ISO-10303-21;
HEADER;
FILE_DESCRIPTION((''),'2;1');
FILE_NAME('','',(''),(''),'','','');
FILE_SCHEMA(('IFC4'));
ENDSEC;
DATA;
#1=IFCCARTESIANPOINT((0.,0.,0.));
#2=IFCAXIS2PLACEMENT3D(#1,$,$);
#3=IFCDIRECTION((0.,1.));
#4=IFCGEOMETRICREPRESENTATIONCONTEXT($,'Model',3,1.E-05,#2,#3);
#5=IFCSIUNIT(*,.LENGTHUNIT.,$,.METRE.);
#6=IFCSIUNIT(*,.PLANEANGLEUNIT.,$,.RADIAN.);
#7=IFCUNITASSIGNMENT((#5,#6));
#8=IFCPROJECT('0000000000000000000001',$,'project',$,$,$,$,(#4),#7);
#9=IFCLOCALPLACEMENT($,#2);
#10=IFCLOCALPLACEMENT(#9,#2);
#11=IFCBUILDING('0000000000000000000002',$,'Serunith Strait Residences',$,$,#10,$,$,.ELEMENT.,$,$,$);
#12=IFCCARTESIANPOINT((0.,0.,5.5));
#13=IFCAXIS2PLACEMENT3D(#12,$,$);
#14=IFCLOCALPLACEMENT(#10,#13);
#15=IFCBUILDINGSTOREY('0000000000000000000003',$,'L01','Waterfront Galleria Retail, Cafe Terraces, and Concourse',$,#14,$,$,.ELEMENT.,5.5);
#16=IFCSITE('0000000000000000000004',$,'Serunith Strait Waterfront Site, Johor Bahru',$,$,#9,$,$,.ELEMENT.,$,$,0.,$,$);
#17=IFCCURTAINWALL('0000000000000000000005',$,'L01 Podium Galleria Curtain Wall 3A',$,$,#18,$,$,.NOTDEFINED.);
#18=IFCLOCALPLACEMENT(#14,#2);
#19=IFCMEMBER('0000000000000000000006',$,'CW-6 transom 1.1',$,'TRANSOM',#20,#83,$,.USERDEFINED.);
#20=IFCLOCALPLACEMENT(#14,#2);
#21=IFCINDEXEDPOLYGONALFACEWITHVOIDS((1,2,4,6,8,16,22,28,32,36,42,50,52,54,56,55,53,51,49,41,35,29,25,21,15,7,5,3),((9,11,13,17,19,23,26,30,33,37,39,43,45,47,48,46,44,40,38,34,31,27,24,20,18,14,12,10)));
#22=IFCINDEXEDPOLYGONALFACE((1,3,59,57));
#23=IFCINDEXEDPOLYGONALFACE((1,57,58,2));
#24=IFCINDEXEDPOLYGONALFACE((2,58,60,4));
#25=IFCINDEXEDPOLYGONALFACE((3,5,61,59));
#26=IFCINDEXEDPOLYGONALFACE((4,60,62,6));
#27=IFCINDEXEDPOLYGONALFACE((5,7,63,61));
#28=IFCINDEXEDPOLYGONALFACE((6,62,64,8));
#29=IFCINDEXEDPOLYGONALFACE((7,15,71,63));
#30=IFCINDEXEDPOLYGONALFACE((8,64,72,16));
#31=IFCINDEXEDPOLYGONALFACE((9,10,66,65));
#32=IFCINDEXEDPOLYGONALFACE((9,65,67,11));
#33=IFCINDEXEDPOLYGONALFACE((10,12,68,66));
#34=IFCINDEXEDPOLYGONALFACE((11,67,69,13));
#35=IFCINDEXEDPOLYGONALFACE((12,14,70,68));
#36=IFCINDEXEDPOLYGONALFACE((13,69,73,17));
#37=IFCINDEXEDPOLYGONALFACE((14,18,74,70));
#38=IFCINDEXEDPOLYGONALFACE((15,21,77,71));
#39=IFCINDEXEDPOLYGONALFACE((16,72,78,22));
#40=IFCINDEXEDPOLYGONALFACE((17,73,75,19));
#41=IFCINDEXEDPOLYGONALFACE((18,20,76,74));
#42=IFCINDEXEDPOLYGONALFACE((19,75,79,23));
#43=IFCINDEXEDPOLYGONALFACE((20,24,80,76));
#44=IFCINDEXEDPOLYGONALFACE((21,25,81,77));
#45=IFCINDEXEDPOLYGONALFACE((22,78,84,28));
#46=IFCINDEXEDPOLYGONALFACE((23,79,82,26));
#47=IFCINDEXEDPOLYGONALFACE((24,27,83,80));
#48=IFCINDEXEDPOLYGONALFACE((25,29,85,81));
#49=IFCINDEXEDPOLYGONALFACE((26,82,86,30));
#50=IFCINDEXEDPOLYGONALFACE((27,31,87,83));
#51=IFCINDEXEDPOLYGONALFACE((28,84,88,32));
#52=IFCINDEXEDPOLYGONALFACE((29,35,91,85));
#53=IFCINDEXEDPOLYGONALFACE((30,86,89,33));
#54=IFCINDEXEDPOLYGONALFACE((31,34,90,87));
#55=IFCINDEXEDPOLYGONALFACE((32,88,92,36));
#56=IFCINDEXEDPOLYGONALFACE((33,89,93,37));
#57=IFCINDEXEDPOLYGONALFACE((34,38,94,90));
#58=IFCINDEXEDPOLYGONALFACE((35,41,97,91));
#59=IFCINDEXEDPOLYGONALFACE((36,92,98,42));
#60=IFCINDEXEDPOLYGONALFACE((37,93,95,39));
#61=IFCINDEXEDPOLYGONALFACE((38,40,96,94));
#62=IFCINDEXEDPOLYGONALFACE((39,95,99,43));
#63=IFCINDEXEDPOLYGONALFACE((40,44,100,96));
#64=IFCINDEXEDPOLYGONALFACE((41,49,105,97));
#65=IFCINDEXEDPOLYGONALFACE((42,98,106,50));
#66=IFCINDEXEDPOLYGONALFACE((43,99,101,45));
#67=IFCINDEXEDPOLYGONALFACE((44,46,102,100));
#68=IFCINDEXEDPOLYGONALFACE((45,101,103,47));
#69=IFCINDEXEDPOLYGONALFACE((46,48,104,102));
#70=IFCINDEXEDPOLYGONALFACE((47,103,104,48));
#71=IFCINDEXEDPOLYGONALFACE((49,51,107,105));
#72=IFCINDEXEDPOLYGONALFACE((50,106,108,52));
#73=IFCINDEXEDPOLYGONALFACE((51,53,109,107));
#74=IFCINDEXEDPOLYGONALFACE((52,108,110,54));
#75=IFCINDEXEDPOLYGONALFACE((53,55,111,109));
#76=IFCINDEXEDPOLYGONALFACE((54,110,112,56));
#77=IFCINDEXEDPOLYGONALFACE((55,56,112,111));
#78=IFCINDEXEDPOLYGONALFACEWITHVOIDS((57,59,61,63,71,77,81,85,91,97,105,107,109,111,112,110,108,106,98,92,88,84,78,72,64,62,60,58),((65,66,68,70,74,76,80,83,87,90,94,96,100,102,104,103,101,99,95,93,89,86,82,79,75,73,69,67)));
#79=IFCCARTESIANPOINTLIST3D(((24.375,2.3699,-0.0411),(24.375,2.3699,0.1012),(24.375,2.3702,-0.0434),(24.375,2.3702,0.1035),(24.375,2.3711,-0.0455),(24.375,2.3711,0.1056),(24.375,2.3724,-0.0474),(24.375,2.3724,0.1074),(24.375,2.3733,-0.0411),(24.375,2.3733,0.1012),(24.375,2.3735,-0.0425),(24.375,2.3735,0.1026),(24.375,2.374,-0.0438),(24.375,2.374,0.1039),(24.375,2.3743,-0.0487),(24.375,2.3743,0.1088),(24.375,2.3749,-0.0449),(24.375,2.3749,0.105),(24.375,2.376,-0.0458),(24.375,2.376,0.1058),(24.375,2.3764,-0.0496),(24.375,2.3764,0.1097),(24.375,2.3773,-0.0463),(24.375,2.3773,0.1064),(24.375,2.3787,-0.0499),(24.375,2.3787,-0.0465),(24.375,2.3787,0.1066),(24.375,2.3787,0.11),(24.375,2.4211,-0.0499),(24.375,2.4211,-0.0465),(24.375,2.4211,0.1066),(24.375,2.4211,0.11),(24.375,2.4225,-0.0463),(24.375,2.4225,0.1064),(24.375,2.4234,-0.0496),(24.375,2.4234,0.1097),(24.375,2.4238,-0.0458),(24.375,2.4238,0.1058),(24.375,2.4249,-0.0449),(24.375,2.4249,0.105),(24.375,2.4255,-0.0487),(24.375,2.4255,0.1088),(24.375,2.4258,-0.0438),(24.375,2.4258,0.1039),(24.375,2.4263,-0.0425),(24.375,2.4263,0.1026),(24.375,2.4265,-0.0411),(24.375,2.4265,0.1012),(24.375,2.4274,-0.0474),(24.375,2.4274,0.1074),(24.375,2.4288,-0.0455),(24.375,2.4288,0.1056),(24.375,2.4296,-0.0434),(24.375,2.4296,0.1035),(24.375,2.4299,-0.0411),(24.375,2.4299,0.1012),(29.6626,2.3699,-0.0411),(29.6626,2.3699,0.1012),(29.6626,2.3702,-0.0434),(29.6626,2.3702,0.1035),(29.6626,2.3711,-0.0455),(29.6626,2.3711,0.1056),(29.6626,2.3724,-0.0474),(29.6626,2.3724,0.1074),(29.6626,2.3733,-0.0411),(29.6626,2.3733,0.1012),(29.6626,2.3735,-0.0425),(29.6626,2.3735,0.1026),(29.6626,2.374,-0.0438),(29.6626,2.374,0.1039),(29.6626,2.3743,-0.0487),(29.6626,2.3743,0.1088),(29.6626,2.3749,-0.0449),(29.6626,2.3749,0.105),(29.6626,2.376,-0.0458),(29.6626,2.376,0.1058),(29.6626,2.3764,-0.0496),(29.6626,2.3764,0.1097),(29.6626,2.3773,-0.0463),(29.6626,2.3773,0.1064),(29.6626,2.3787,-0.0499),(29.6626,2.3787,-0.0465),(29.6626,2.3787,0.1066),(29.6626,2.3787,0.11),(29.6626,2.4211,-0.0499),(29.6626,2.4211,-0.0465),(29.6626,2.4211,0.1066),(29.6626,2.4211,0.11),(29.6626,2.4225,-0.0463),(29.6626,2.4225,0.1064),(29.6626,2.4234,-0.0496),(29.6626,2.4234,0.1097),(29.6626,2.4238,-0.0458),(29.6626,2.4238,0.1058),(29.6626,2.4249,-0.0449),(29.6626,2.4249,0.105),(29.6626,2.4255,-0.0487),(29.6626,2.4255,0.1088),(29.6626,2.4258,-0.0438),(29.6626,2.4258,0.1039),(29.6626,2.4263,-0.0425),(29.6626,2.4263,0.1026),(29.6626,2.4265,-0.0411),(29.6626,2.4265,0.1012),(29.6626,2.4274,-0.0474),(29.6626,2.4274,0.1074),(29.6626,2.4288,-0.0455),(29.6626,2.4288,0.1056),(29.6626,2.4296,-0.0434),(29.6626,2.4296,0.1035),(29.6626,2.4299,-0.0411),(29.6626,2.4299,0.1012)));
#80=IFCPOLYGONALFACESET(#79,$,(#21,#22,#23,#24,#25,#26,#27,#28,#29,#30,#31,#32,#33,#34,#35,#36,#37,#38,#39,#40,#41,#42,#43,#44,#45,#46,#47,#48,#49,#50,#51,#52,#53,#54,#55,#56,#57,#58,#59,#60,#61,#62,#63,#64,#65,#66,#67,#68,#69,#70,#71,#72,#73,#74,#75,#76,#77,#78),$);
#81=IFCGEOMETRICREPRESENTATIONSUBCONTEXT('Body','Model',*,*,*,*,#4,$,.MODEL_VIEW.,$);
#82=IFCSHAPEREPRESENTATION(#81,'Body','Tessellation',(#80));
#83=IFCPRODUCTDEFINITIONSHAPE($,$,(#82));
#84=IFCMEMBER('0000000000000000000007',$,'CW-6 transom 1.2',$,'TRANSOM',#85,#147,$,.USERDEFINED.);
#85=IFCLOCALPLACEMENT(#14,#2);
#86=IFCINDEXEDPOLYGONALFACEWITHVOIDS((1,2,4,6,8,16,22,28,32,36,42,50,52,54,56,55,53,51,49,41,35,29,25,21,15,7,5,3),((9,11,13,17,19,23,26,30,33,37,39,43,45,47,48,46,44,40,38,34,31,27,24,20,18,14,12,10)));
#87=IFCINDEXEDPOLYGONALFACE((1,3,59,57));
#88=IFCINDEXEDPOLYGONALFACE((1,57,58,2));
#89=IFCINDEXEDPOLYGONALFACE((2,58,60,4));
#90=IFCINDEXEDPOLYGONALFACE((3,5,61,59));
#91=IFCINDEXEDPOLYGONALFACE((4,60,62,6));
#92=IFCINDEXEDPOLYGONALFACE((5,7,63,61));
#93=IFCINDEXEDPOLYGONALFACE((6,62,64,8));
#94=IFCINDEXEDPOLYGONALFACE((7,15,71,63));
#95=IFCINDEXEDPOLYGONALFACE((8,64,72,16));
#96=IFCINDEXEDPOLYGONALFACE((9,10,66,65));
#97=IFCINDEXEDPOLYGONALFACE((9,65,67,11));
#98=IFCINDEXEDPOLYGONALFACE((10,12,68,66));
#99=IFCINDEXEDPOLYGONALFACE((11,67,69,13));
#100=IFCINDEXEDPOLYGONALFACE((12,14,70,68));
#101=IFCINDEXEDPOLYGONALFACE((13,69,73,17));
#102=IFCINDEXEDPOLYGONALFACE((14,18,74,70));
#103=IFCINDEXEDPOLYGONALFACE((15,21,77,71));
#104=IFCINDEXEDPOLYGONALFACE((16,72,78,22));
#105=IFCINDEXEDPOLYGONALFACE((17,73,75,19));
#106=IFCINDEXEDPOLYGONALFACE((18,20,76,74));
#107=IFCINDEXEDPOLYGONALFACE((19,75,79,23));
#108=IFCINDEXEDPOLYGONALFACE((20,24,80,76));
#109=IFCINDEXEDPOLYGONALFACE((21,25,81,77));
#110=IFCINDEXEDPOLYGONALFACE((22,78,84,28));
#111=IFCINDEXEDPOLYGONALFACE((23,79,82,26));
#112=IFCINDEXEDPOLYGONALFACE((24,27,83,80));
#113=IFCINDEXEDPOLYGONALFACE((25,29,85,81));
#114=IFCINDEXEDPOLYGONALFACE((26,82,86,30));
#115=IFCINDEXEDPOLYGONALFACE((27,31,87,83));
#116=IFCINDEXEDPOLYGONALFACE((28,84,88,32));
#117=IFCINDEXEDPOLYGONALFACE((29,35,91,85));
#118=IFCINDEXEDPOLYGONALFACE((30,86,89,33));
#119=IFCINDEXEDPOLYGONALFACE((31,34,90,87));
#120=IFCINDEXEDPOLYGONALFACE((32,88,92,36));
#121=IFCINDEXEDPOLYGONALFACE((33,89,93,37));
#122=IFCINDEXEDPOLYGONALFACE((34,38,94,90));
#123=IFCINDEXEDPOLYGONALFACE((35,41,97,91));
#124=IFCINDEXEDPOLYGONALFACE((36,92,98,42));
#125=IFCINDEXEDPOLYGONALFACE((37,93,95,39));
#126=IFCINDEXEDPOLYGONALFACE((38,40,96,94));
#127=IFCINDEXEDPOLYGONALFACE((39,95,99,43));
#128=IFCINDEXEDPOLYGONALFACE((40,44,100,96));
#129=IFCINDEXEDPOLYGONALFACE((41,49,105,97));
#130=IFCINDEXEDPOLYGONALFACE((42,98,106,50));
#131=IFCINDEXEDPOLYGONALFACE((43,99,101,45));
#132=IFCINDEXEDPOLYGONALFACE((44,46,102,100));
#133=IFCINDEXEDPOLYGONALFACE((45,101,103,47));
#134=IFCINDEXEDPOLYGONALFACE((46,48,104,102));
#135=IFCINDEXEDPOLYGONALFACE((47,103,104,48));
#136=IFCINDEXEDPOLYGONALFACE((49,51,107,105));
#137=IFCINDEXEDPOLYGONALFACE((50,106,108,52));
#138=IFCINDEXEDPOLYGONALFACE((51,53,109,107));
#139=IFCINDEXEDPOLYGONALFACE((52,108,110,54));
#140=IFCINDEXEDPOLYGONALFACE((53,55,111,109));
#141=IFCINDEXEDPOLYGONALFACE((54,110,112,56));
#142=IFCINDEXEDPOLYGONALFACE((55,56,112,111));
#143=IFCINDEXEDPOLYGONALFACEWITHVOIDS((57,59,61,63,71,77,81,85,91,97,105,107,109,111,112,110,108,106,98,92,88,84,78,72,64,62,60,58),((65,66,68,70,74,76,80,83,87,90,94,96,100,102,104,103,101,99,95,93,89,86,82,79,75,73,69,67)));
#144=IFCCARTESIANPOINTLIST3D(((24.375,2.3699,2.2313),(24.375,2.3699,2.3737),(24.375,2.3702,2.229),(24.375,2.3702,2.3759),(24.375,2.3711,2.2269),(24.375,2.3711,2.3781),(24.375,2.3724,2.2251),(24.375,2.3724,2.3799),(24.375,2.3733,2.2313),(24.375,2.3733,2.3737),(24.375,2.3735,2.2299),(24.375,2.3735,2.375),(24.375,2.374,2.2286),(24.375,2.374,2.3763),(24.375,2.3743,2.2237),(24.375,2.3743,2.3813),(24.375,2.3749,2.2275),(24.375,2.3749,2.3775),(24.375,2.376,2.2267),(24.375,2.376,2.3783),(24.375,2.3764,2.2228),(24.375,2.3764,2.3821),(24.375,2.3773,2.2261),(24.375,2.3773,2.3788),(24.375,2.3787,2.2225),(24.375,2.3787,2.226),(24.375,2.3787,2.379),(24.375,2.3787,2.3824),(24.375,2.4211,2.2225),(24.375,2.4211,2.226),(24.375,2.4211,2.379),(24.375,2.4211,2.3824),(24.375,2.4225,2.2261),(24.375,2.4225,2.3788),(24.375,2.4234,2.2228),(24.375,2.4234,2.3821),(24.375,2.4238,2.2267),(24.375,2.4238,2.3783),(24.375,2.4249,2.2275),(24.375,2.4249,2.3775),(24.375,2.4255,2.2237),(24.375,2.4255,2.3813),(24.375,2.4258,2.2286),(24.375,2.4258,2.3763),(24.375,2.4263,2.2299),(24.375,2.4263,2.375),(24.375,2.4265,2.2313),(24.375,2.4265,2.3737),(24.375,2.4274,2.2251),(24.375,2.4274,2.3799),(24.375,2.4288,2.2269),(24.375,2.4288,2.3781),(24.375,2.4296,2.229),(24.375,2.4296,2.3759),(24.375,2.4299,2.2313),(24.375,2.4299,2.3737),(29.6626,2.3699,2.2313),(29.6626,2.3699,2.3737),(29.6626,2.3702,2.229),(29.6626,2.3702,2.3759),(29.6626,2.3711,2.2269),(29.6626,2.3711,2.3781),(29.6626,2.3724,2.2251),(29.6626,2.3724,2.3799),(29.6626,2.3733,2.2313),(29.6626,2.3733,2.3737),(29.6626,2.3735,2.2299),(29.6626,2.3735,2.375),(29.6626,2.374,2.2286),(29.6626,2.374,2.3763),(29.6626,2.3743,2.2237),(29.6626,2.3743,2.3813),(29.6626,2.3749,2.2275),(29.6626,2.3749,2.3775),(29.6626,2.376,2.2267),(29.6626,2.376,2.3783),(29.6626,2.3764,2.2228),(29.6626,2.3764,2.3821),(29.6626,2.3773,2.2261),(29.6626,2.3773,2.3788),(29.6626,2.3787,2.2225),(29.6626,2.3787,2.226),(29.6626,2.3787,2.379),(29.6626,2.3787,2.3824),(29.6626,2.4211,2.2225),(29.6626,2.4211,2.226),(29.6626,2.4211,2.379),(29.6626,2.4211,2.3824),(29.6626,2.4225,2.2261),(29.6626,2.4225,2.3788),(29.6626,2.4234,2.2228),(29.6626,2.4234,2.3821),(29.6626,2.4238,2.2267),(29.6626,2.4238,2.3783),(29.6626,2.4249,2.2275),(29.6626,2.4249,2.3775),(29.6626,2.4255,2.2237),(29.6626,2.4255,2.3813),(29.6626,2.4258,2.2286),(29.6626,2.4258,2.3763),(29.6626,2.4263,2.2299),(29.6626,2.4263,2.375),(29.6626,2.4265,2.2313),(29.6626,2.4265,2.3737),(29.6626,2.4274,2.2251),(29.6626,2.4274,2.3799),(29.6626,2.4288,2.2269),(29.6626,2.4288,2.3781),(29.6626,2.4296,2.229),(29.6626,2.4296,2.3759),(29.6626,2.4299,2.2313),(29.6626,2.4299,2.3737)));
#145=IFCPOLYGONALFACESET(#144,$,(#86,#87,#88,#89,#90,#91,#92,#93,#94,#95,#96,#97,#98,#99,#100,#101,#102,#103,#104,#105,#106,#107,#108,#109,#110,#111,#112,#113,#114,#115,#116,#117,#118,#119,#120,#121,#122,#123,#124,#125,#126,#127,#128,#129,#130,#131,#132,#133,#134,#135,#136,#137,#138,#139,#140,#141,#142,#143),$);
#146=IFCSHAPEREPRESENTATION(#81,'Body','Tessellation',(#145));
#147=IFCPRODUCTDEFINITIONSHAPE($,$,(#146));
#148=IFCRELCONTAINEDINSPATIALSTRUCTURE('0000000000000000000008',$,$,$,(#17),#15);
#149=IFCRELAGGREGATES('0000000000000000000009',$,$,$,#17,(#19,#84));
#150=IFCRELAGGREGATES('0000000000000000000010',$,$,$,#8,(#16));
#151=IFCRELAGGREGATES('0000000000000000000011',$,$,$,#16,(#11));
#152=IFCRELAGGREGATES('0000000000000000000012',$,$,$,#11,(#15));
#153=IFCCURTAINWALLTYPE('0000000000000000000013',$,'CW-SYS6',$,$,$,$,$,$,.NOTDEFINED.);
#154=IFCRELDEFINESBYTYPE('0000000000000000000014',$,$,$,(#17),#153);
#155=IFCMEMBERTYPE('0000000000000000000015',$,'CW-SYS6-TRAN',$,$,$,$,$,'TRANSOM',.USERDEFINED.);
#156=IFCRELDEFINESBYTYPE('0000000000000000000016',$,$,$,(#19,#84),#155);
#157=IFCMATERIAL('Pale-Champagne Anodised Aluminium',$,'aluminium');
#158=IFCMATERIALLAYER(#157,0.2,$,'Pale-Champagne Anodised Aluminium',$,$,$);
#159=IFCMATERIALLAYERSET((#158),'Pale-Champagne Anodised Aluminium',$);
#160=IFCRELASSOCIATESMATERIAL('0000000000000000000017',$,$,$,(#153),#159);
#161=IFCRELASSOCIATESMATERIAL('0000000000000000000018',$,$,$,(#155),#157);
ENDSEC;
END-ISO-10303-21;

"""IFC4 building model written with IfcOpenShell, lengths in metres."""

from ifc_helpers import new_model, si_unit, direction, frame, origin, origin_2d, place, context, subcontext, project, spatial, hollow_rectangle, extrude, source, transform, mapped, material, layer, layer_set, material_profile, profile_set, type_object, element, aggregate, save


model = new_model("IFC4")

# Units and contexts
model_context = context("Model", 3, precision=1e-05, world=origin(), true_north=direction((0.0, 1.0)))
body_context = subcontext(model_context, "Body", "Model", "MODEL_VIEW")
ifc_project = project(units=[si_unit("LENGTHUNIT", "METRE"), si_unit("PLANEANGLEUNIT", "RADIAN")], contexts=[model_context])

# Site, building, storey
site_placement = place(None, origin())
site = spatial("IfcSite", under=ifc_project, at=site_placement, Name="Serunith Strait Waterfront Site, Johor Bahru", CompositionType="ELEMENT", RefElevation=0.0)
building_placement = place(site_placement, origin())
building = spatial("IfcBuilding", under=site, at=building_placement, Name="Serunith Strait Residences", CompositionType="ELEMENT")
storey_placement = place(building_placement, frame((0.0, 0.0, 5.5)))
storey = spatial("IfcBuildingStorey", under=building, at=storey_placement, Name="L01", Description="Waterfront Galleria Retail, Cafe Terraces, and Concourse", CompositionType="ELEMENT", Elevation=5.5)

# Curtain wall, members
ifc_material_1 = material(Name="Pale-Champagne Anodised Aluminium", Category="aluminium")
ifc_layer_1 = layer(ifc_material_1, 0.2, Name="Pale-Champagne Anodised Aluminium")
ifc_layer_set_1 = layer_set([ifc_layer_1], Name="Pale-Champagne Anodised Aluminium")
curtain_wall_type = type_object("IfcCurtainWallType", Name="CW-SYS6", PredefinedType="NOTDEFINED", material=ifc_layer_set_1)
curtain_wall_placement = place(storey_placement, origin())
curtain_wall = element("IfcCurtainWall", 1, at=curtain_wall_placement, inside=storey, type_object=curtain_wall_type, Name="L01 Podium Galleria Curtain Wall 3A", PredefinedType="NOTDEFINED")
ifc_material_profile_1 = material_profile(ifc_material_1, hollow_rectangle(XDim=0.0601, YDim=0.1599, WallThickness=0.0034, InnerFilletRadius=0.0054, OuterFilletRadius=0.0088, at=origin_2d()), Name="ALU 160x60x3.5")
ifc_profile_set_1 = profile_set([ifc_material_profile_1], Name="Pale-Champagne Anodised Aluminium")
member_type_1 = type_object("IfcMemberType", Name="CW-SYS6-TRAN", ElementType="TRANSOM", PredefinedType="USERDEFINED", material=ifc_profile_set_1)
shared_shape_1 = source(origin(), body_context, "Body", "SweptSolid", [
    extrude(hollow_rectangle(XDim=0.0601, YDim=0.1599, WallThickness=0.0034, InnerFilletRadius=0.0054, OuterFilletRadius=0.0088, at=origin_2d()), origin(), (0.0, 0.0, 1.0), 5.2876),
])
member_1_placement = place(storey_placement, frame((24.375, 2.3999, 0.03), z_axis=(1.0, 0.0, 0.0), x_axis=(0.0, 1.0, 0.0)))
member_1 = element("IfcMember", 2, at=member_1_placement, type_object=member_type_1, Name="CW-6 transom 1.1", ObjectType="TRANSOM", PredefinedType="USERDEFINED", context=body_context, shape_type="MappedRepresentation", body=[
    mapped(shared_shape_1, transform((0.0, 0.0, 0.0), scale=1.0)),
])
member_2_placement = place(storey_placement, frame((24.375, 2.3999, 2.3025), z_axis=(1.0, 0.0, 0.0), x_axis=(0.0, 1.0, 0.0)))
member_2 = element("IfcMember", 3, at=member_2_placement, type_object=member_type_1, Name="CW-6 transom 1.2", ObjectType="TRANSOM", PredefinedType="USERDEFINED", context=body_context, shape_type="MappedRepresentation", body=[
    mapped(shared_shape_1, transform((0.0, 0.0, 0.0), scale=1.0)),
])
aggregate(curtain_wall, [member_1, member_2])

save(model, "model.ifc")
